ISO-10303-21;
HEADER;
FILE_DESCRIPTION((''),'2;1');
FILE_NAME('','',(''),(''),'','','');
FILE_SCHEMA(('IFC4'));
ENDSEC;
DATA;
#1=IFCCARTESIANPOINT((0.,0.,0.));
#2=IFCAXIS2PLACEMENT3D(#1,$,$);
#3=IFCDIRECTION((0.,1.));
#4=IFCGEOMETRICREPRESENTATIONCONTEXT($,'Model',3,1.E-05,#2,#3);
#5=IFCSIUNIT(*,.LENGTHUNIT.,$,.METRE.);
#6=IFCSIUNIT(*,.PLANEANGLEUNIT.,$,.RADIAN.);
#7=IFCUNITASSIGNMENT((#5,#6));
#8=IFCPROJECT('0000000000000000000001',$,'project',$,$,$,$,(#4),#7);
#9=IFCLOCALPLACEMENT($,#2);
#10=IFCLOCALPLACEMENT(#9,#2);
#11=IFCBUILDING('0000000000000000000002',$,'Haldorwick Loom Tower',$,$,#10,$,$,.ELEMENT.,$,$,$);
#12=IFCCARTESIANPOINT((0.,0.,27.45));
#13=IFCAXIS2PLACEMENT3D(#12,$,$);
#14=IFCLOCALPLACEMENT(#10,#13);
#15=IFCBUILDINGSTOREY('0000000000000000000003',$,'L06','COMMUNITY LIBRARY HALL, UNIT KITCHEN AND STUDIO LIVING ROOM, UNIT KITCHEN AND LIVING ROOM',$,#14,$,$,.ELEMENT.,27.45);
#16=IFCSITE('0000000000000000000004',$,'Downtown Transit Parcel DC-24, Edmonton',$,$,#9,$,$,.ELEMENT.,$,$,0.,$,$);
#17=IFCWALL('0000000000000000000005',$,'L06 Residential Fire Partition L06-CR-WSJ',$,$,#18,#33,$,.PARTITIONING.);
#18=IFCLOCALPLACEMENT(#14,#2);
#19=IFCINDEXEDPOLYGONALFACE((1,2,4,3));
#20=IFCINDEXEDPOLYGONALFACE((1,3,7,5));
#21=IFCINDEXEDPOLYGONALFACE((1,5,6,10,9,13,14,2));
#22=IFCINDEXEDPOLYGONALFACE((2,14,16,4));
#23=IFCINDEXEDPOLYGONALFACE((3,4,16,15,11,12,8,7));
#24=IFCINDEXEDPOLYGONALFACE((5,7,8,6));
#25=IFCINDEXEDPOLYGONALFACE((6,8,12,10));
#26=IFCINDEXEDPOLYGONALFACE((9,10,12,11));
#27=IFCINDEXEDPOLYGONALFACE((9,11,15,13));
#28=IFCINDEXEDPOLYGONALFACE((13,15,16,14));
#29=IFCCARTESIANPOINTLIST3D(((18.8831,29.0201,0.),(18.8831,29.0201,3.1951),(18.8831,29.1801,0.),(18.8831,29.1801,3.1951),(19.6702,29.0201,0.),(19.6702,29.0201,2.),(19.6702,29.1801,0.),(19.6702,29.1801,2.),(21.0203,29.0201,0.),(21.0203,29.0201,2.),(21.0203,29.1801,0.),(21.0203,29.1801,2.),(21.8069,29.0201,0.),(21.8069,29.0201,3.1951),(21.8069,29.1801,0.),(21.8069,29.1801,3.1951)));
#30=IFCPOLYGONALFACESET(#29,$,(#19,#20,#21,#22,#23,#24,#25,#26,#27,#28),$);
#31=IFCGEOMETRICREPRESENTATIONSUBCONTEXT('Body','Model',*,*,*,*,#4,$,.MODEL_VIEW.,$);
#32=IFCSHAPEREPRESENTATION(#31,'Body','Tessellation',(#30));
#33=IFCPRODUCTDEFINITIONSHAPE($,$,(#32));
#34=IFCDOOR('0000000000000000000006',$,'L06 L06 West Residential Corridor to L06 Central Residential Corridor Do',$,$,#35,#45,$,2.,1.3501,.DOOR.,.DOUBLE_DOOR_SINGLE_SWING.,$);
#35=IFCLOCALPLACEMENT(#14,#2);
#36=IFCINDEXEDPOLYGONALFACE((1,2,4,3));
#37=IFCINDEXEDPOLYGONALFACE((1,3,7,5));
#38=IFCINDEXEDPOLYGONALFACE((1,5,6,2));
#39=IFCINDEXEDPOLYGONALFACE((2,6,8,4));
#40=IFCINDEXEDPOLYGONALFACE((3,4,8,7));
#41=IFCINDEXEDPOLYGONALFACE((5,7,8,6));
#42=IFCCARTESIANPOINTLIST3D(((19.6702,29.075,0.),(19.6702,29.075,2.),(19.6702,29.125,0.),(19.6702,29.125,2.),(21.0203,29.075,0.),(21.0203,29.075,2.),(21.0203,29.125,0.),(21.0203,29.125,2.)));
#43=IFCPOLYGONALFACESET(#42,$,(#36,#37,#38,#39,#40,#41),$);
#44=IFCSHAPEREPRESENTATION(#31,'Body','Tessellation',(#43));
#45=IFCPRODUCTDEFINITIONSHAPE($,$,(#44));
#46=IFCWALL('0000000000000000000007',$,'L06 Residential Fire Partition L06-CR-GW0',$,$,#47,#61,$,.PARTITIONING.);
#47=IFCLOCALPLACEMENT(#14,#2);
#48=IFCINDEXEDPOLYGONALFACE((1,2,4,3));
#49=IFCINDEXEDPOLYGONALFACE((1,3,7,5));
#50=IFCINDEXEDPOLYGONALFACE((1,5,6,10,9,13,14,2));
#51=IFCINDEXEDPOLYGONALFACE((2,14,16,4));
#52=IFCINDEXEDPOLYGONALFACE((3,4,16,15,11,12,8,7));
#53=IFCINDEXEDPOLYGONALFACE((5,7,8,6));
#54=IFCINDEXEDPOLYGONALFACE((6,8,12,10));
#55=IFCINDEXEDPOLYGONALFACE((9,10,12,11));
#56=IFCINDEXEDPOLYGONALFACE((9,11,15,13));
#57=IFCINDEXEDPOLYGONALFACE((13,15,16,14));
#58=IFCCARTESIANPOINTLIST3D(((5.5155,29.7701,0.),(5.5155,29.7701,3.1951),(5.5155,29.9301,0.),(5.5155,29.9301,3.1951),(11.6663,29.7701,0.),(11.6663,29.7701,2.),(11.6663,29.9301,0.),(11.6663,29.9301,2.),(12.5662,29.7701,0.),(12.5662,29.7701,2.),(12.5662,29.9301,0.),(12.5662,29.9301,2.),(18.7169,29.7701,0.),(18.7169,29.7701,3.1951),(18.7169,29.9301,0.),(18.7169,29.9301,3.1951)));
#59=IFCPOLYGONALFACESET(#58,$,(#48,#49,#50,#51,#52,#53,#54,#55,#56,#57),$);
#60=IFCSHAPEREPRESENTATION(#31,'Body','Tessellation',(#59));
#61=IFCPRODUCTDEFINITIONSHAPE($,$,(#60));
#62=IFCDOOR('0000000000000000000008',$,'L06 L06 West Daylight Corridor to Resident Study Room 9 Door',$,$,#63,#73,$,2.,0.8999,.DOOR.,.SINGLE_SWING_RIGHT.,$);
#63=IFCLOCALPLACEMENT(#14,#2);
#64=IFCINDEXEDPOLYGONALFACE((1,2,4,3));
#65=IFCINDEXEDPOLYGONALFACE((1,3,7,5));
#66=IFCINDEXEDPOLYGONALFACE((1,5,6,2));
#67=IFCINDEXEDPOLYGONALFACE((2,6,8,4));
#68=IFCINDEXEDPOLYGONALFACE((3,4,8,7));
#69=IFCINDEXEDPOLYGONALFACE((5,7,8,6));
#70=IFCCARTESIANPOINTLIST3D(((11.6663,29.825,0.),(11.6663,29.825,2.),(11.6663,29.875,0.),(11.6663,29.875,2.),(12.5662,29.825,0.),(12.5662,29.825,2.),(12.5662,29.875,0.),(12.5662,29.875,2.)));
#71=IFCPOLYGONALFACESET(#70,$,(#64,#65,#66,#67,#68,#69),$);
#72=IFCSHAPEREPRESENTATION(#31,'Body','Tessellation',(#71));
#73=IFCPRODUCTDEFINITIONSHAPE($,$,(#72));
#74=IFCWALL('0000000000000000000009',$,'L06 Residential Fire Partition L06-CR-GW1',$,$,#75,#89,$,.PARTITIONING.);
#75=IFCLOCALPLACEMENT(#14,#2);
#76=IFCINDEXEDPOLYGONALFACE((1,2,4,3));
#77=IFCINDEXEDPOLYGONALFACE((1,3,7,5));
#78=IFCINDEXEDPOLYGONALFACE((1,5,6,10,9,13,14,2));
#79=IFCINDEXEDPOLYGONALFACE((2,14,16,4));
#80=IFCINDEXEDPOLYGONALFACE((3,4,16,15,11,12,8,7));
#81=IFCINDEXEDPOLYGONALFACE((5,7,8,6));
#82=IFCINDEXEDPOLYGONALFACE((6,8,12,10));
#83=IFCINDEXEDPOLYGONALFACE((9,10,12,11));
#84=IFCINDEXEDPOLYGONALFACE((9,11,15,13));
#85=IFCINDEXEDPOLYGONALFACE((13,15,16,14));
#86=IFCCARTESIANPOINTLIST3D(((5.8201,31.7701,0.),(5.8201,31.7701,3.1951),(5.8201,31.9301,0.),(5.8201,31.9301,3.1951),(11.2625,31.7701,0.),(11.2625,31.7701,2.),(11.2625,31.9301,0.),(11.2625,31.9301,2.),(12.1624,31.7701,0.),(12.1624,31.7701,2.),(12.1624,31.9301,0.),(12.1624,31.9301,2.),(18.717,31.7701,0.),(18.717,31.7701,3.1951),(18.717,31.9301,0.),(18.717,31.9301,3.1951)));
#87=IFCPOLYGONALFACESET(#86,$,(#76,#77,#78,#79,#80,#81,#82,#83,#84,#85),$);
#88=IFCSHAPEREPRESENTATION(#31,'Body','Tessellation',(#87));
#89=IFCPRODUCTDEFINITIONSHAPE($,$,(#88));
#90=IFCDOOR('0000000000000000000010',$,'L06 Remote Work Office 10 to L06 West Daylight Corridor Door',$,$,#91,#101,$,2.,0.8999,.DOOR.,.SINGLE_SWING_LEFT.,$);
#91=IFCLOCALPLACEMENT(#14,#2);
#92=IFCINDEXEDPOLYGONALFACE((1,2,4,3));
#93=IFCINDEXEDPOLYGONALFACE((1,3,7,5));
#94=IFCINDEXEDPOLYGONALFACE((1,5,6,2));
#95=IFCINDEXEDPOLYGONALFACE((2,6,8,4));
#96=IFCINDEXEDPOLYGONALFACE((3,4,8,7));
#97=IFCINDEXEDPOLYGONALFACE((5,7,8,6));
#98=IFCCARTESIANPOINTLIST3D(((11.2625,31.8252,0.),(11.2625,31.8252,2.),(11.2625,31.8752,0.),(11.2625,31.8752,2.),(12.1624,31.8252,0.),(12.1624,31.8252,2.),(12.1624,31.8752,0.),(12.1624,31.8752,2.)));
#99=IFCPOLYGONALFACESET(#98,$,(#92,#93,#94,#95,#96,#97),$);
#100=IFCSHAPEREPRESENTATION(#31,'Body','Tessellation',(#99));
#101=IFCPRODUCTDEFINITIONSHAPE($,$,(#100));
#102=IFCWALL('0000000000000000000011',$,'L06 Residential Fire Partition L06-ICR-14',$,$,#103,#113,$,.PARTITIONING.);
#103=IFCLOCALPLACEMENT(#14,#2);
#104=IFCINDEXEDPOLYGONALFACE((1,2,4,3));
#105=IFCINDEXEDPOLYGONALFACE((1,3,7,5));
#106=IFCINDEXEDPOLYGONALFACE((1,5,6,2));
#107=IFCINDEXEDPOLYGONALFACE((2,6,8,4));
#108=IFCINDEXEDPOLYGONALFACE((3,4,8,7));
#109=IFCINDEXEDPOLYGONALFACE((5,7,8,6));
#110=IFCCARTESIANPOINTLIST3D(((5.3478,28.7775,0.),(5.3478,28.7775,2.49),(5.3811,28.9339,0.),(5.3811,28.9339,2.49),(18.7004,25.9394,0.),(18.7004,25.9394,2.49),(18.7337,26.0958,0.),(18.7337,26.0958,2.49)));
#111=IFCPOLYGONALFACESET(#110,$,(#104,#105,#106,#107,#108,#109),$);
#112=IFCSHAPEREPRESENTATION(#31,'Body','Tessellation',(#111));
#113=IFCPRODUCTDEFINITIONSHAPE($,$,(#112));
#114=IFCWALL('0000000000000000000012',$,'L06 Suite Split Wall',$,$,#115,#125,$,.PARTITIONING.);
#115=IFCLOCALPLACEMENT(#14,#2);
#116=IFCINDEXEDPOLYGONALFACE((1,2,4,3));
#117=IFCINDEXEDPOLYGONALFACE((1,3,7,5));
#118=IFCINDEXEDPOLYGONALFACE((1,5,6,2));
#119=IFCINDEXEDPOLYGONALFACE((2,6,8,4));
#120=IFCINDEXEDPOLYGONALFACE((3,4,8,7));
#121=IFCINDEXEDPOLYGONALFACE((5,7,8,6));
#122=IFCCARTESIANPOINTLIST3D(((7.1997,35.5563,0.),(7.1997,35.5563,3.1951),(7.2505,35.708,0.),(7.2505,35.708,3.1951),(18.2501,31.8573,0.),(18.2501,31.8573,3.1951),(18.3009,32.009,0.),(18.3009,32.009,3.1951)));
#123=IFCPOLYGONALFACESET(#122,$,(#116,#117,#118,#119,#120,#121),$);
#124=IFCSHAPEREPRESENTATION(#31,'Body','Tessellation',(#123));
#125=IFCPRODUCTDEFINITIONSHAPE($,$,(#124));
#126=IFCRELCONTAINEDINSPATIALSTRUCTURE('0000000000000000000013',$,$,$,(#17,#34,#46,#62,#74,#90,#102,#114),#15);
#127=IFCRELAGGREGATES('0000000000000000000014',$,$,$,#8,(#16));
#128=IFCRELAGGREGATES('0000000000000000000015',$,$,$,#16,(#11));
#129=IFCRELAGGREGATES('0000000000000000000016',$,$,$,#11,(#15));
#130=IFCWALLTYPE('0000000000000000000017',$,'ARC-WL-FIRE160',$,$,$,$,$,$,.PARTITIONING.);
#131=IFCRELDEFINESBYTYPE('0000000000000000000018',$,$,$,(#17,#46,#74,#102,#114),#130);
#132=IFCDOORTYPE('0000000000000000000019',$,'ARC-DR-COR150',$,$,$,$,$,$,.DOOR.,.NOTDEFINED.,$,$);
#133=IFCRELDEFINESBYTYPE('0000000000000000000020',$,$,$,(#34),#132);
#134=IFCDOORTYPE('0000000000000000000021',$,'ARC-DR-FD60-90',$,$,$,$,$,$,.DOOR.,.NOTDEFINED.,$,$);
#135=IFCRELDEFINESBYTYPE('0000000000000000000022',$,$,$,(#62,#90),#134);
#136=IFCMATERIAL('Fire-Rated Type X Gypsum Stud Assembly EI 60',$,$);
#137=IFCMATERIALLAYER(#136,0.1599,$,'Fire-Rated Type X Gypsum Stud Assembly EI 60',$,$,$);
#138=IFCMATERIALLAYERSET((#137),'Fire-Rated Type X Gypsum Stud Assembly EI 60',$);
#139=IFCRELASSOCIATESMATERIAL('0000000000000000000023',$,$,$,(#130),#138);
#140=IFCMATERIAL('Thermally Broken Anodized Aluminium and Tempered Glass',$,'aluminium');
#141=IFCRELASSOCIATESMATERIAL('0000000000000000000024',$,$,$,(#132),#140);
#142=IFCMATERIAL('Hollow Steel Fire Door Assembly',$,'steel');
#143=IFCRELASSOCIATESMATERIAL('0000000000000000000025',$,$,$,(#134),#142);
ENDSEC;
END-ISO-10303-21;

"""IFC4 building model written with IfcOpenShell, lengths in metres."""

from ifc_helpers import new_model, si_unit, direction, frame, frame_2d, origin, place, context, subcontext, project, spatial, rectangle, extrude, material, layer, layer_set, type_object, element, fill, save


model = new_model("IFC4")

# Units and contexts
model_context = context("Model", 3, precision=1e-05, world=origin(), true_north=direction((0.0, 1.0)))
body_context = subcontext(model_context, "Body", "Model", "MODEL_VIEW")
ifc_project = project(units=[si_unit("LENGTHUNIT", "METRE"), si_unit("PLANEANGLEUNIT", "RADIAN")], contexts=[model_context])

# Site, building, storey
site_placement = place(None, origin())
site = spatial("IfcSite", under=ifc_project, at=site_placement, Name="Downtown Transit Parcel DC-24, Edmonton", CompositionType="ELEMENT", RefElevation=0.0)
building_placement = place(site_placement, origin())
building = spatial("IfcBuilding", under=site, at=building_placement, Name="Haldorwick Loom Tower", CompositionType="ELEMENT")
storey_placement = place(building_placement, frame((0.0, 0.0, 27.45)))
storey = spatial("IfcBuildingStorey", under=building, at=storey_placement, Name="L06", Description="COMMUNITY LIBRARY HALL, UNIT KITCHEN AND STUDIO LIVING ROOM, UNIT KITCHEN AND LIVING ROOM", CompositionType="ELEMENT", Elevation=27.45)

# Walls, openings, doors
ifc_material_1 = material(Name="Fire-Rated Type X Gypsum Stud Assembly EI 60")
ifc_layer_1 = layer(ifc_material_1, 0.1599, Name="Fire-Rated Type X Gypsum Stud Assembly EI 60")
ifc_layer_set_1 = layer_set([ifc_layer_1], Name="Fire-Rated Type X Gypsum Stud Assembly EI 60")
wall_type_1 = type_object("IfcWallType", Name="ARC-WL-FIRE160", PredefinedType="PARTITIONING", material=ifc_layer_set_1)
wall_1_placement = place(storey_placement, frame((18.8831, 29.1001, 0.0), z_axis=(0.0, 0.0, 1.0), x_axis=(1.0, 0.0, 0.0)))
wall_1 = element("IfcWall", 1, at=wall_1_placement, inside=storey, type_object=wall_type_1, Name="L06 Residential Fire Partition L06-CR-WSJ", PredefinedType="PARTITIONING", context=body_context, shape_type="SweptSolid", body=[
    extrude(rectangle(XDim=2.9238, YDim=0.1599, at=frame_2d((1.4619, 0.0))), origin(), (0.0, 0.0, 1.0), 3.1951),
])
opening_1_placement = place(wall_1_placement, frame((0.7871, 0.0, 0.0)))
opening_1 = element("IfcOpeningElement", 2, at=opening_1_placement, cuts=wall_1, PredefinedType="OPENING", context=body_context, shape_type="SweptSolid", body=[
    extrude(rectangle(XDim=1.3501, YDim=2.0, at=frame_2d((0.675, 1.0))), frame((0.0, 0.0898, 0.0), z_axis=(0.0, -1.0, 0.0), x_axis=(1.0, 0.0, 0.0)), (0.0, 0.0, 1.0), 0.1799),
])
ifc_material_2 = material(Name="Thermally Broken Anodized Aluminium and Tempered Glass", Category="aluminium")
door_type_1 = type_object("IfcDoorType", Name="ARC-DR-COR150", OperationType="NOTDEFINED", PredefinedType="DOOR", material=ifc_material_2)
door_1_placement = place(opening_1_placement, origin())
door_1 = element("IfcDoor", 3, at=door_1_placement, inside=storey, type_object=door_type_1, Name="L06 L06 West Residential Corridor to L06 Central Residential Corridor Do", OperationType="DOUBLE_DOOR_SINGLE_SWING", OverallHeight=2.0, OverallWidth=1.3501, PredefinedType="DOOR", context=body_context, shape_type="SweptSolid", body=[
    extrude(rectangle(XDim=1.3501, YDim=2.0, at=frame_2d((0.675, 1.0))), frame((0.0, 0.0249, 0.0), z_axis=(0.0, -1.0, 0.0), x_axis=(1.0, 0.0, 0.0)), (0.0, 0.0, 1.0), 0.05),
])
fill(opening_1, door_1)
wall_2_placement = place(storey_placement, frame((5.5156, 29.8501, 0.0), z_axis=(0.0, 0.0, 1.0), x_axis=(1.0, 0.0, 0.0)))
wall_2 = element("IfcWall", 4, at=wall_2_placement, inside=storey, type_object=wall_type_1, Name="L06 Residential Fire Partition L06-CR-GW0", PredefinedType="PARTITIONING", context=body_context, shape_type="SweptSolid", body=[
    extrude(rectangle(XDim=13.2014, YDim=0.1599, at=frame_2d((6.6006, 0.0))), origin(), (0.0, 0.0, 1.0), 3.1951),
])
opening_2_placement = place(wall_2_placement, frame((6.1506, 0.0, 0.0)))
opening_2 = element("IfcOpeningElement", 5, at=opening_2_placement, cuts=wall_2, PredefinedType="OPENING", context=body_context, shape_type="SweptSolid", body=[
    extrude(rectangle(XDim=0.8999, YDim=2.0, at=frame_2d((0.45, 1.0))), frame((0.0, 0.0898, 0.0), z_axis=(0.0, -1.0, 0.0), x_axis=(1.0, 0.0, 0.0)), (0.0, 0.0, 1.0), 0.1799),
])
ifc_material_3 = material(Name="Hollow Steel Fire Door Assembly", Category="steel")
door_type_2 = type_object("IfcDoorType", Name="ARC-DR-FD60-90", OperationType="NOTDEFINED", PredefinedType="DOOR", material=ifc_material_3)
door_2_placement = place(opening_2_placement, origin())
door_2 = element("IfcDoor", 6, at=door_2_placement, inside=storey, type_object=door_type_2, Name="L06 L06 West Daylight Corridor to Resident Study Room 9 Door", OperationType="SINGLE_SWING_RIGHT", OverallHeight=2.0, OverallWidth=0.8999, PredefinedType="DOOR", context=body_context, shape_type="SweptSolid", body=[
    extrude(rectangle(XDim=0.8999, YDim=2.0, at=frame_2d((0.45, 1.0))), frame((0.0, 0.0249, 0.0), z_axis=(0.0, -1.0, 0.0), x_axis=(1.0, 0.0, 0.0)), (0.0, 0.0, 1.0), 0.05),
])
fill(opening_2, door_2)
wall_3_placement = place(storey_placement, frame((5.8201, 31.8501, 0.0), z_axis=(0.0, 0.0, 1.0), x_axis=(1.0, 0.0, 0.0)))
wall_3 = element("IfcWall", 7, at=wall_3_placement, inside=storey, type_object=wall_type_1, Name="L06 Residential Fire Partition L06-CR-GW1", PredefinedType="PARTITIONING", context=body_context, shape_type="SweptSolid", body=[
    extrude(rectangle(XDim=12.897, YDim=0.1599, at=frame_2d((6.4485, 0.0))), origin(), (0.0, 0.0, 1.0), 3.1951),
])
opening_3_placement = place(wall_3_placement, frame((5.4424, 0.0, 0.0)))
opening_3 = element("IfcOpeningElement", 8, at=opening_3_placement, cuts=wall_3, PredefinedType="OPENING", context=body_context, shape_type="SweptSolid", body=[
    extrude(rectangle(XDim=0.8999, YDim=2.0, at=frame_2d((0.45, 1.0))), frame((0.0, 0.0898, 0.0), z_axis=(0.0, -1.0, 0.0), x_axis=(1.0, 0.0, 0.0)), (0.0, 0.0, 1.0), 0.1799),
])
door_3_placement = place(opening_3_placement, frame((0.8999, 0.0, 0.0), z_axis=(0.0, 0.0, 1.0), x_axis=(-1.0, 0.0, 0.0)))
door_3 = element("IfcDoor", 9, at=door_3_placement, inside=storey, type_object=door_type_2, Name="L06 Remote Work Office 10 to L06 West Daylight Corridor Door", OperationType="SINGLE_SWING_LEFT", OverallHeight=2.0, OverallWidth=0.8999, PredefinedType="DOOR", context=body_context, shape_type="SweptSolid", body=[
    extrude(rectangle(XDim=0.8999, YDim=2.0, at=frame_2d((0.45, 1.0))), frame((0.0, 0.0249, 0.0), z_axis=(0.0, -1.0, 0.0), x_axis=(1.0, 0.0, 0.0)), (0.0, 0.0, 1.0), 0.05),
])
fill(opening_3, door_3)

# Walls
wall_4_placement = place(storey_placement, frame((18.717, 26.0176, 0.0), z_axis=(0.0, 0.0, 1.0), x_axis=(-0.978148, 0.207909, 0.0)))
element("IfcWall", 10, at=wall_4_placement, inside=storey, type_object=wall_type_1, Name="L06 Residential Fire Partition L06-ICR-14", PredefinedType="PARTITIONING", context=body_context, shape_type="SweptSolid", body=[
    extrude(rectangle(XDim=13.6509, YDim=0.1599, at=frame_2d((6.8254, 0.0))), origin(), (0.0, 0.0, 1.0), 2.49),
])
wall_5_placement = place(storey_placement, frame((18.2756, 31.9331, 0.0), z_axis=(0.0, 0.0, 1.0), x_axis=(-0.948282, 0.317428, 0.0)))
element("IfcWall", 11, at=wall_5_placement, inside=storey, type_object=wall_type_1, Name="L06 Suite Split Wall", PredefinedType="PARTITIONING", context=body_context, shape_type="SweptSolid", body=[
    extrude(rectangle(XDim=11.6531, YDim=0.1599, at=frame_2d((5.8267, 0.0))), origin(), (0.0, 0.0, 1.0), 3.1951),
])

save(model, "model.ifc")
